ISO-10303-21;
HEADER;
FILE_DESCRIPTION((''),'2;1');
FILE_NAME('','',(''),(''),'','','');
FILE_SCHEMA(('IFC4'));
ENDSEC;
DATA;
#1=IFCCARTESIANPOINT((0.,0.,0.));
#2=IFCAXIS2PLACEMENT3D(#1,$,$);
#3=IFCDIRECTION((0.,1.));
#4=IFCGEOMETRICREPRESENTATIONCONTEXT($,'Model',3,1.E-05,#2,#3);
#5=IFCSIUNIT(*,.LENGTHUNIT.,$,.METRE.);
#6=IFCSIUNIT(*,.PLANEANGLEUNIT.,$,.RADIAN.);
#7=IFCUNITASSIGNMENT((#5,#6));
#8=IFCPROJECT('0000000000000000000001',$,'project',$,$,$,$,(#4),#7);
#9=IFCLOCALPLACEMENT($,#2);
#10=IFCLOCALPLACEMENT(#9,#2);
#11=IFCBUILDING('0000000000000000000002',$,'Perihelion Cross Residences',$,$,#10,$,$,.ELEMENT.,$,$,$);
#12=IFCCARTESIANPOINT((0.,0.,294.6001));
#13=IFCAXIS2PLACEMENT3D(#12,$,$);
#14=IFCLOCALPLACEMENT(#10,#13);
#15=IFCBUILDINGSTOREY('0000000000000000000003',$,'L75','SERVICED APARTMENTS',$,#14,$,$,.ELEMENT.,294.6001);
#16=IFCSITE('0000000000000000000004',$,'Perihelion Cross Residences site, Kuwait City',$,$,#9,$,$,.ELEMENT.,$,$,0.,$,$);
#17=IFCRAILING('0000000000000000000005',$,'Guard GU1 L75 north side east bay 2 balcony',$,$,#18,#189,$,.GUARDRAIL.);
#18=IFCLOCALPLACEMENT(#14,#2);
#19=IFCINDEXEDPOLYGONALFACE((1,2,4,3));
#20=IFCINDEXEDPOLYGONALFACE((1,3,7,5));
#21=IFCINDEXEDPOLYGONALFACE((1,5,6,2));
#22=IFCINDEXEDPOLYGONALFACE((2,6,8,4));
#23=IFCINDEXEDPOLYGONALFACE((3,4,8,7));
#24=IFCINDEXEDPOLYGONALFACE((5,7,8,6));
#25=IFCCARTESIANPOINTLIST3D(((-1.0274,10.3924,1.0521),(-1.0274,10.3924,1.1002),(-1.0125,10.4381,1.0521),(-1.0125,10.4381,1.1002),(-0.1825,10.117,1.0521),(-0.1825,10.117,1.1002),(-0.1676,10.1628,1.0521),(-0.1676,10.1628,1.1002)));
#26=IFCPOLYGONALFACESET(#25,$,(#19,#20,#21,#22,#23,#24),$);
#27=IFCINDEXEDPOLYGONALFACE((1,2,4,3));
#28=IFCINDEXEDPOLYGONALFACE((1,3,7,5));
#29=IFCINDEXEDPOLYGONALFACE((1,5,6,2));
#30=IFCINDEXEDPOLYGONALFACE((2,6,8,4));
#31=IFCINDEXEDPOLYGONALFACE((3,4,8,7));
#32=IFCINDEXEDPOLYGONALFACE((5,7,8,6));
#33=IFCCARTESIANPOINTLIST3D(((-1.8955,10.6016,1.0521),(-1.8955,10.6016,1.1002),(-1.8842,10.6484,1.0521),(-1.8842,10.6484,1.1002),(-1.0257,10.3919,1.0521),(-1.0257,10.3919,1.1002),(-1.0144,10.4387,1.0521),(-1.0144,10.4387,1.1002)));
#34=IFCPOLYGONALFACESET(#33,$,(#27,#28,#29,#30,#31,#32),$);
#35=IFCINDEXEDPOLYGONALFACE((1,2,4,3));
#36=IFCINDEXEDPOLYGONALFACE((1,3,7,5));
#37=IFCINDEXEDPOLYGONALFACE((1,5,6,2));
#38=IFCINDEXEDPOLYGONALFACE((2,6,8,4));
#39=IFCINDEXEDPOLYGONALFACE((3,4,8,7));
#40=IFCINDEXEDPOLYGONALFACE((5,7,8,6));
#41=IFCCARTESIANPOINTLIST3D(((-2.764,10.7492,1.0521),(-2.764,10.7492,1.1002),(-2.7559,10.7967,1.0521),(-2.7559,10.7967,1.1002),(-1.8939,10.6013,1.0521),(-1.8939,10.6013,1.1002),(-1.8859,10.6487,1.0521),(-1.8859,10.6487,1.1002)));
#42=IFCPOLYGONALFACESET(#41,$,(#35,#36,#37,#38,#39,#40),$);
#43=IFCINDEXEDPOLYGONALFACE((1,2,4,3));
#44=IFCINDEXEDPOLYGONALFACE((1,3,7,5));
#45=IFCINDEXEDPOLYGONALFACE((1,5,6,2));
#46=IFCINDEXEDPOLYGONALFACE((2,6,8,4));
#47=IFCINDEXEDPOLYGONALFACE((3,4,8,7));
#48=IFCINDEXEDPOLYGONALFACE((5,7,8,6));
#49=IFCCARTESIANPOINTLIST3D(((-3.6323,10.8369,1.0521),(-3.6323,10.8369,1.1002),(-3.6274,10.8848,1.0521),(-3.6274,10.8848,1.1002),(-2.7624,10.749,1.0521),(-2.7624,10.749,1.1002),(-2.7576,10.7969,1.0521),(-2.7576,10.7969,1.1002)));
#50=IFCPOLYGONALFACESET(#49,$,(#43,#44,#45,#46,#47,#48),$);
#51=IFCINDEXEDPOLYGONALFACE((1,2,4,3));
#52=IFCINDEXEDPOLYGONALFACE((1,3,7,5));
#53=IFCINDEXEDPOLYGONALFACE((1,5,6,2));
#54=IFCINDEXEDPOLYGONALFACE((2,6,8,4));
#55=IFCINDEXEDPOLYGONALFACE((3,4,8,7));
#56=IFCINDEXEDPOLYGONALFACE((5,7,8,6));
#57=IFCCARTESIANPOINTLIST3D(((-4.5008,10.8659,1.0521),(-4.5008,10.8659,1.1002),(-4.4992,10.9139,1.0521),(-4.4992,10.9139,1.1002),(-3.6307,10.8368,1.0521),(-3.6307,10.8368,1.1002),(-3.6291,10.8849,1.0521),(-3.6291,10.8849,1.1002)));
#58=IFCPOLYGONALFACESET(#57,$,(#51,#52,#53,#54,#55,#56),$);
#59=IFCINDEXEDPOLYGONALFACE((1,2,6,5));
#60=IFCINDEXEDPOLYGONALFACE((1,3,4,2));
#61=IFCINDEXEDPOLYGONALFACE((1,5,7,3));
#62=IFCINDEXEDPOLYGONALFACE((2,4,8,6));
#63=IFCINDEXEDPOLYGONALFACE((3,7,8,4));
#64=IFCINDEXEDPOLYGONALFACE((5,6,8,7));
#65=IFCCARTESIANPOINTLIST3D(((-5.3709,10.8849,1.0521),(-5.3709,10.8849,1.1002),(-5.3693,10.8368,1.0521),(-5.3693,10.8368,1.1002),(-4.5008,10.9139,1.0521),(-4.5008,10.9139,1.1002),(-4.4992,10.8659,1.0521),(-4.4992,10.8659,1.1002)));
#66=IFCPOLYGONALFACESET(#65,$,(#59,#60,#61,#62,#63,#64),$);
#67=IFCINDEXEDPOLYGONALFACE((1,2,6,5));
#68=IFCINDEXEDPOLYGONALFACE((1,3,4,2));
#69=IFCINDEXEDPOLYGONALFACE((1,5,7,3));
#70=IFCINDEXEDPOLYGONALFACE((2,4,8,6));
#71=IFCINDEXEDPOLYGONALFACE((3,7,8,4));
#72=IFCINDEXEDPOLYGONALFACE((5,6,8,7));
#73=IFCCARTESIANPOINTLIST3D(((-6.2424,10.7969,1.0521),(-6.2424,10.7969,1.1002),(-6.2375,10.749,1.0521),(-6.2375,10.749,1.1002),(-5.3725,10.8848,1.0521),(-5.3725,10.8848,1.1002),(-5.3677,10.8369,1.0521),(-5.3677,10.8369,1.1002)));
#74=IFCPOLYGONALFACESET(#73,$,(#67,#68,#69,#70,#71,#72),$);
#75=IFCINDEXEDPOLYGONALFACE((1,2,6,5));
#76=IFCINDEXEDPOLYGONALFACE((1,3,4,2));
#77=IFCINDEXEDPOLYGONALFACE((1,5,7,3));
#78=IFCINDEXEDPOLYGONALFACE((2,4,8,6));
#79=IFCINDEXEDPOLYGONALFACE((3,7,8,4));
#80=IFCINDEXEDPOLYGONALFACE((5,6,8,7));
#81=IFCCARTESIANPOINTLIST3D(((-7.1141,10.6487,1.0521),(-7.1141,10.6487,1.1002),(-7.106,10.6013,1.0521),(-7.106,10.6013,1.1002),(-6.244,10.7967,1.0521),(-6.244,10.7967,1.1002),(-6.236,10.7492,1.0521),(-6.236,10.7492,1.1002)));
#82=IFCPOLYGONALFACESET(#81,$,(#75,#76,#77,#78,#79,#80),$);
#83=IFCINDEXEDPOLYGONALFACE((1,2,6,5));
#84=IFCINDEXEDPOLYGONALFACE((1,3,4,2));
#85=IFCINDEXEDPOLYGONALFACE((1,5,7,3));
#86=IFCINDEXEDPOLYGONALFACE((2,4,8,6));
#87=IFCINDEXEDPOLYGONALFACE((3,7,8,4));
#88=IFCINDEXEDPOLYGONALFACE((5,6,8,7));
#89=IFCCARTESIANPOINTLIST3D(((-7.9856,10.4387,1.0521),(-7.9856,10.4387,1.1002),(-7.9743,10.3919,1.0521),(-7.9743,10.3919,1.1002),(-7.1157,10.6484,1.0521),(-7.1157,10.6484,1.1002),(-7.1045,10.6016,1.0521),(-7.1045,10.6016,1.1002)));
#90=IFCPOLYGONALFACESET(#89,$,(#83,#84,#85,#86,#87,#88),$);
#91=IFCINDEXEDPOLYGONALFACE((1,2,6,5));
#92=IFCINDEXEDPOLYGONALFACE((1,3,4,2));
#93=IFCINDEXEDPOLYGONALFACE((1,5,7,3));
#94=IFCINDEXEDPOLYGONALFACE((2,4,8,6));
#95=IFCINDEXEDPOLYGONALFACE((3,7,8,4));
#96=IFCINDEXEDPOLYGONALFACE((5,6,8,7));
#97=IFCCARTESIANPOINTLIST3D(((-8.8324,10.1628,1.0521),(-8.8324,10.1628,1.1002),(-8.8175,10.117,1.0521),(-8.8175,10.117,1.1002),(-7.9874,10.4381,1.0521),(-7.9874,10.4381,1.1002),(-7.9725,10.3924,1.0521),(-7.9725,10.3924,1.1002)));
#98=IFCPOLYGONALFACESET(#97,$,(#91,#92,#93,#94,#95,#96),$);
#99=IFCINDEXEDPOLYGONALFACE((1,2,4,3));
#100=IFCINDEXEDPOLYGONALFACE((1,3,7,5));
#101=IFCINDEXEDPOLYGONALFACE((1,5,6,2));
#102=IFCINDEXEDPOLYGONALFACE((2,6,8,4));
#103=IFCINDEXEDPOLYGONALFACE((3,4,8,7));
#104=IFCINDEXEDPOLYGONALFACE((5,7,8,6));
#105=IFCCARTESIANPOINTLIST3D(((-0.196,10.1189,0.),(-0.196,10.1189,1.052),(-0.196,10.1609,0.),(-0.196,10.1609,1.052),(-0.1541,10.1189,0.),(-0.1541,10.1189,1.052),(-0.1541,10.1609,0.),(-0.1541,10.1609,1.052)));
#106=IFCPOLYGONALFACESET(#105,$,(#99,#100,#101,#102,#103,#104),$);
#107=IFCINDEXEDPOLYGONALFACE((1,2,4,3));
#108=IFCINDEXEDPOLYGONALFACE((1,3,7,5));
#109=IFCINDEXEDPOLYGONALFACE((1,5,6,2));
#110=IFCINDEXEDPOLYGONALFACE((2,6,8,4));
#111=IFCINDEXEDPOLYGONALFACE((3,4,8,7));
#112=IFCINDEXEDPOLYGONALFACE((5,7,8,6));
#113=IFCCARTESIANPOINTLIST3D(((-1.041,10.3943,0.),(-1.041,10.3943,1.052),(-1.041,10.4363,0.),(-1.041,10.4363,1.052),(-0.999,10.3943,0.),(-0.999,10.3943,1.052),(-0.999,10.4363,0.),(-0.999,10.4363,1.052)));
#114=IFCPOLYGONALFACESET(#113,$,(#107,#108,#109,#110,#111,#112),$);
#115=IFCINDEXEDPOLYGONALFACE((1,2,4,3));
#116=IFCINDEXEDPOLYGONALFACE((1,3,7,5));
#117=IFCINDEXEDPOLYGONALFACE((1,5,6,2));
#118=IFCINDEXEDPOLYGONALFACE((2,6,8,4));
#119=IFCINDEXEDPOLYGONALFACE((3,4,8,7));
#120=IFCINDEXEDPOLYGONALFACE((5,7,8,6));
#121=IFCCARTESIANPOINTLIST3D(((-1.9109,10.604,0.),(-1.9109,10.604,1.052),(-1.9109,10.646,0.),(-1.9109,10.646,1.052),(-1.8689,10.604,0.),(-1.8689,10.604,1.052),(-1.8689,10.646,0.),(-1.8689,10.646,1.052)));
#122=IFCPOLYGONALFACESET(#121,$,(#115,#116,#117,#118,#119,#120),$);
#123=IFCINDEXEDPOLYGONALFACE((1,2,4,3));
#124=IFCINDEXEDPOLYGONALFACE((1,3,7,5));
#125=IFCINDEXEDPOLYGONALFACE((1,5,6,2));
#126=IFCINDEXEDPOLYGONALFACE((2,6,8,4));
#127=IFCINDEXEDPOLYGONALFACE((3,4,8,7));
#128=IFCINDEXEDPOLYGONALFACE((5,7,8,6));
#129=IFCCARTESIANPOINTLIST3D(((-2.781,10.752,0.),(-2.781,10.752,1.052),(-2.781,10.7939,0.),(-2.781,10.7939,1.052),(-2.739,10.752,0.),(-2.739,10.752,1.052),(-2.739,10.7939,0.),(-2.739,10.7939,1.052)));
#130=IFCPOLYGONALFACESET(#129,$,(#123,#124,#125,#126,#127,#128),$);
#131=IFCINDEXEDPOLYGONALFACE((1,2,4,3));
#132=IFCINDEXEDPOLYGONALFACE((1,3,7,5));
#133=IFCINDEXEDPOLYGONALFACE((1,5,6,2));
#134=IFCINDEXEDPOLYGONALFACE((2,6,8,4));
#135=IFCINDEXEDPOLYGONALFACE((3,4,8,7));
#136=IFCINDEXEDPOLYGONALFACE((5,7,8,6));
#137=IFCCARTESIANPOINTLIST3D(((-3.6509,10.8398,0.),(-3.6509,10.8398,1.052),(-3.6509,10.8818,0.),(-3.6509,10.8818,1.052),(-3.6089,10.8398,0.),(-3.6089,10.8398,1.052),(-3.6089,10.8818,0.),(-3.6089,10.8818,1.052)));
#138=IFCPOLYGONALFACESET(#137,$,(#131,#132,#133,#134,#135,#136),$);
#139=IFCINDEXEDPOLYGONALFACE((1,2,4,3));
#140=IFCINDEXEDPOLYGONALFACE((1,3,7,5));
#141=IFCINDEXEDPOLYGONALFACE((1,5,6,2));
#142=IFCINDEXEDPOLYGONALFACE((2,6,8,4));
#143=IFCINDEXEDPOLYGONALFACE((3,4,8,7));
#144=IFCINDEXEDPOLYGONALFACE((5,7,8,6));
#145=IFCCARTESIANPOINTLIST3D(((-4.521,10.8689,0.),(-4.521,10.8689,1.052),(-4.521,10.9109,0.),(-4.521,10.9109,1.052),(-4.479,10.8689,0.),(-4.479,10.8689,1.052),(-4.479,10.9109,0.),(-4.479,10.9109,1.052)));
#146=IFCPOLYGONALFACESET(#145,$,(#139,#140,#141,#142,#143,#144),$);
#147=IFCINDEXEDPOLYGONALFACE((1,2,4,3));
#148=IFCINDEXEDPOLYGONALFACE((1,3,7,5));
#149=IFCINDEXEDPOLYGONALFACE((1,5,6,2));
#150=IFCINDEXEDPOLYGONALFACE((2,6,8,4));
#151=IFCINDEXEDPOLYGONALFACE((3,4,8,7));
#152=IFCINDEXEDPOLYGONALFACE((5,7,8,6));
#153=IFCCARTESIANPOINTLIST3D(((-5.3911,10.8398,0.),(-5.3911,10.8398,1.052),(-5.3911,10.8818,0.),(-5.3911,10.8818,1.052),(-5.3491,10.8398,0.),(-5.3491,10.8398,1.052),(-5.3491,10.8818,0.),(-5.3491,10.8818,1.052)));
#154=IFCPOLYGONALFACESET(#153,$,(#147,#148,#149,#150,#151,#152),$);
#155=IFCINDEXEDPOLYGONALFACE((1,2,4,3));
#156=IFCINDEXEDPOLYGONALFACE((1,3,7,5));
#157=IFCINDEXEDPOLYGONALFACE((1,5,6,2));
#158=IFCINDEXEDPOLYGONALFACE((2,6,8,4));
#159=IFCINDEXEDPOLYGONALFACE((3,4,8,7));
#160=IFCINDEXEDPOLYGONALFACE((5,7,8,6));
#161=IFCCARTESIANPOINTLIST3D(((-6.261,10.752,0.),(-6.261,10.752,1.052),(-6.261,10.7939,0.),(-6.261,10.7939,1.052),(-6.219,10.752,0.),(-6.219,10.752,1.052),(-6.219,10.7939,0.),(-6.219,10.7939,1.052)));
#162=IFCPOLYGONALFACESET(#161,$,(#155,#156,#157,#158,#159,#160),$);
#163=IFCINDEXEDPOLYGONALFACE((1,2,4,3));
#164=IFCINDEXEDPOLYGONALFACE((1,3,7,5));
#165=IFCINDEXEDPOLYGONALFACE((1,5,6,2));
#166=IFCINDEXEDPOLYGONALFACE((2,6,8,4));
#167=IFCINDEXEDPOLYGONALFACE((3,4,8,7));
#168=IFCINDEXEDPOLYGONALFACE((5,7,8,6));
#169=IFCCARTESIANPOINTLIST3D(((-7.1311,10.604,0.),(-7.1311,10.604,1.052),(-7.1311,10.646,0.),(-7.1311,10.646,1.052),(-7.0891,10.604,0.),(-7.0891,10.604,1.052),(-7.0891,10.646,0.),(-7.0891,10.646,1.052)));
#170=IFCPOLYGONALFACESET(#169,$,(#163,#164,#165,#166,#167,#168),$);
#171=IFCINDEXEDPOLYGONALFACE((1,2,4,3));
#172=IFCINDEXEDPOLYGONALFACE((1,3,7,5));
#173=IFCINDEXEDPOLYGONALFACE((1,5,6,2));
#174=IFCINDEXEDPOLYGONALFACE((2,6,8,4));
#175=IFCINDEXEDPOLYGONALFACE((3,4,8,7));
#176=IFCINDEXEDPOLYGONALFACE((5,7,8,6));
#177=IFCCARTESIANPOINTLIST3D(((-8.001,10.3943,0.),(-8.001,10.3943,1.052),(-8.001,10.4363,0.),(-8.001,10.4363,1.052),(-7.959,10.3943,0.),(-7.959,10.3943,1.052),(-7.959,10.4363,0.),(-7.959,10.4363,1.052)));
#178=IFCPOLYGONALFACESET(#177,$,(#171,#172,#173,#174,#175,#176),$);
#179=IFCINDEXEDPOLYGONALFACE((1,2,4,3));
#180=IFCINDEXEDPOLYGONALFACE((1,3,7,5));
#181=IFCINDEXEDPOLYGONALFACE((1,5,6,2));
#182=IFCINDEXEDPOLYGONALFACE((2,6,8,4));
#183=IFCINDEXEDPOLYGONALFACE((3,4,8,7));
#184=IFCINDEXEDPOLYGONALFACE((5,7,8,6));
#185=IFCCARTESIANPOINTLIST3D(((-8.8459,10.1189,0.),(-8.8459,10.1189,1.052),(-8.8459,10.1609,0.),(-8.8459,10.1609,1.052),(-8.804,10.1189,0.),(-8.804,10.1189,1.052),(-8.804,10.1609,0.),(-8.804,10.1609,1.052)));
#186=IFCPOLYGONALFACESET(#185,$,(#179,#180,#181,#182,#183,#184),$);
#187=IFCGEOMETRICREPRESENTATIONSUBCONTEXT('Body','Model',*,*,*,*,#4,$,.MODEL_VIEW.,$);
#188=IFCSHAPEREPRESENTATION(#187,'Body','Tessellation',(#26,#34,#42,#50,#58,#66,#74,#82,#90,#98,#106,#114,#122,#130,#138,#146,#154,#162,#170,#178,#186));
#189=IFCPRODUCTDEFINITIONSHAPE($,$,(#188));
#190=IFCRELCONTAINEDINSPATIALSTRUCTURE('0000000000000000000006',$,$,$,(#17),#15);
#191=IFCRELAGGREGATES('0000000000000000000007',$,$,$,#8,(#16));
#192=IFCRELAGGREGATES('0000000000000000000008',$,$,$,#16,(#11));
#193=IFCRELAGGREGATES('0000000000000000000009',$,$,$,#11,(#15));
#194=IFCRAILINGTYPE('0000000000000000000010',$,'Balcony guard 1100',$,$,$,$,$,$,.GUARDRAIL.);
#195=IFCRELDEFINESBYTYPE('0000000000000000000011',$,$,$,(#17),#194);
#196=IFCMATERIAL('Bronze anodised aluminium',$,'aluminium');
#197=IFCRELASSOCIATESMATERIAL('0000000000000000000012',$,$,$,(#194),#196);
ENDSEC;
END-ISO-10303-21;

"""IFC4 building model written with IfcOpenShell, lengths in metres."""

from ifc_helpers import new_model, si_unit, direction, frame, origin, origin_2d, place, context, subcontext, project, spatial, rectangle, extrude, material, type_object, element, save


model = new_model("IFC4")

# Units and contexts
model_context = context("Model", 3, precision=1e-05, world=origin(), true_north=direction((0.0, 1.0)))
body_context = subcontext(model_context, "Body", "Model", "MODEL_VIEW")
ifc_project = project(units=[si_unit("LENGTHUNIT", "METRE"), si_unit("PLANEANGLEUNIT", "RADIAN")], contexts=[model_context])

# Site, building, storey
site_placement = place(None, origin())
site = spatial("IfcSite", under=ifc_project, at=site_placement, Name="Perihelion Cross Residences site, Kuwait City", CompositionType="ELEMENT", RefElevation=0.0)
building_placement = place(site_placement, origin())
building = spatial("IfcBuilding", under=site, at=building_placement, Name="Perihelion Cross Residences", CompositionType="ELEMENT")
storey_placement = place(building_placement, frame((0.0, 0.0, 294.6001)))
storey = spatial("IfcBuildingStorey", under=building, at=storey_placement, Name="L75", Description="SERVICED APARTMENTS", CompositionType="ELEMENT", Elevation=294.6001)

# Railing
ifc_material_1 = material(Name="Bronze anodised aluminium", Category="aluminium")
railing_type = type_object("IfcRailingType", Name="Balcony guard 1100", PredefinedType="GUARDRAIL", material=ifc_material_1)
railing_1_placement = place(storey_placement, frame((-0.175, 10.1399, 0.0)))
element("IfcRailing", 1, at=railing_1_placement, inside=storey, type_object=railing_type, Name="Guard GU1 L75 north side east bay 2 balcony", PredefinedType="GUARDRAIL", context=body_context, shape_type="SweptSolid", body=[
    extrude(rectangle(XDim=0.0481, YDim=0.0481, at=origin_2d()), frame((0.0, 0.0, 1.0762), z_axis=(-0.950777, 0.309875, 0.0), x_axis=(-0.309875, -0.950777, 0.0)), (0.0, 0.0, 1.0), 0.8887),
    extrude(rectangle(XDim=0.0481, YDim=0.0481, at=origin_2d()), frame((-0.845, 0.2754, 1.0762), z_axis=(-0.972147, 0.234374, 0.0), x_axis=(-0.234374, -0.972147, 0.0)), (0.0, 0.0, 1.0), 0.8948),
    extrude(rectangle(XDim=0.0481, YDim=0.0481, at=origin_2d()), frame((-1.7148, 0.4851, 1.0762), z_axis=(-0.98585, 0.167628, 0.0), x_axis=(-0.167628, -0.98585, 0.0)), (0.0, 0.0, 1.0), 0.8826),
    extrude(rectangle(XDim=0.0481, YDim=0.0481, at=origin_2d()), frame((-2.585, 0.6331, 1.0762), z_axis=(-0.994934, 0.100527, 0.0), x_axis=(-0.100527, -0.994934, 0.0)), (0.0, 0.0, 1.0), 0.8743),
    extrude(rectangle(XDim=0.0481, YDim=0.0481, at=origin_2d()), frame((-3.4548, 0.7209, 1.0762), z_axis=(-0.999443, 0.033371, 0.0), x_axis=(-0.033371, -0.999443, 0.0)), (0.0, 0.0, 1.0), 0.8706),
    extrude(rectangle(XDim=0.0481, YDim=0.0481, at=origin_2d()), frame((-4.325, 0.75, 1.0762), z_axis=(-0.999443, -0.033371, 0.0), x_axis=(0.033371, -0.999443, 0.0)), (0.0, 0.0, 1.0), 0.8706),
    extrude(rectangle(XDim=0.0481, YDim=0.0481, at=origin_2d()), frame((-5.1951, 0.7209, 1.0762), z_axis=(-0.994934, -0.100527, 0.0), x_axis=(0.100527, -0.994934, 0.0)), (0.0, 0.0, 1.0), 0.8743),
    extrude(rectangle(XDim=0.0481, YDim=0.0481, at=origin_2d()), frame((-6.0649, 0.6331, 1.0762), z_axis=(-0.98585, -0.167628, 0.0), x_axis=(0.167628, -0.98585, 0.0)), (0.0, 0.0, 1.0), 0.8826),
    extrude(rectangle(XDim=0.0481, YDim=0.0481, at=origin_2d()), frame((-6.9351, 0.4851, 1.0762), z_axis=(-0.972147, -0.234374, 0.0), x_axis=(0.234374, -0.972147, 0.0)), (0.0, 0.0, 1.0), 0.8948),
    extrude(rectangle(XDim=0.0481, YDim=0.0481, at=origin_2d()), frame((-7.8049, 0.2754, 1.0762), z_axis=(-0.950777, -0.309875, 0.0), x_axis=(0.309875, -0.950777, 0.0)), (0.0, 0.0, 1.0), 0.8887),
    extrude(rectangle(XDim=0.042, YDim=0.042, at=origin_2d()), origin(), (0.0, 0.0, 1.0), 1.052),
    extrude(rectangle(XDim=0.042, YDim=0.042, at=origin_2d()), frame((-0.845, 0.2754, 0.0)), (0.0, 0.0, 1.0), 1.052),
    extrude(rectangle(XDim=0.042, YDim=0.042, at=origin_2d()), frame((-1.7148, 0.4851, 0.0)), (0.0, 0.0, 1.0), 1.052),
    extrude(rectangle(XDim=0.042, YDim=0.042, at=origin_2d()), frame((-2.585, 0.6331, 0.0)), (0.0, 0.0, 1.0), 1.052),
    extrude(rectangle(XDim=0.042, YDim=0.042, at=origin_2d()), frame((-3.4548, 0.7209, 0.0)), (0.0, 0.0, 1.0), 1.052),
    extrude(rectangle(XDim=0.042, YDim=0.042, at=origin_2d()), frame((-4.325, 0.75, 0.0)), (0.0, 0.0, 1.0), 1.052),
    extrude(rectangle(XDim=0.042, YDim=0.042, at=origin_2d()), frame((-5.1951, 0.7209, 0.0)), (0.0, 0.0, 1.0), 1.052),
    extrude(rectangle(XDim=0.042, YDim=0.042, at=origin_2d()), frame((-6.0649, 0.6331, 0.0)), (0.0, 0.0, 1.0), 1.052),
    extrude(rectangle(XDim=0.042, YDim=0.042, at=origin_2d()), frame((-6.9351, 0.4851, 0.0)), (0.0, 0.0, 1.0), 1.052),
    extrude(rectangle(XDim=0.042, YDim=0.042, at=origin_2d()), frame((-7.8049, 0.2754, 0.0)), (0.0, 0.0, 1.0), 1.052),
    extrude(rectangle(XDim=0.042, YDim=0.042, at=origin_2d()), frame((-8.6499, 0.0, 0.0)), (0.0, 0.0, 1.0), 1.052),
])

save(model, "model.ifc")
